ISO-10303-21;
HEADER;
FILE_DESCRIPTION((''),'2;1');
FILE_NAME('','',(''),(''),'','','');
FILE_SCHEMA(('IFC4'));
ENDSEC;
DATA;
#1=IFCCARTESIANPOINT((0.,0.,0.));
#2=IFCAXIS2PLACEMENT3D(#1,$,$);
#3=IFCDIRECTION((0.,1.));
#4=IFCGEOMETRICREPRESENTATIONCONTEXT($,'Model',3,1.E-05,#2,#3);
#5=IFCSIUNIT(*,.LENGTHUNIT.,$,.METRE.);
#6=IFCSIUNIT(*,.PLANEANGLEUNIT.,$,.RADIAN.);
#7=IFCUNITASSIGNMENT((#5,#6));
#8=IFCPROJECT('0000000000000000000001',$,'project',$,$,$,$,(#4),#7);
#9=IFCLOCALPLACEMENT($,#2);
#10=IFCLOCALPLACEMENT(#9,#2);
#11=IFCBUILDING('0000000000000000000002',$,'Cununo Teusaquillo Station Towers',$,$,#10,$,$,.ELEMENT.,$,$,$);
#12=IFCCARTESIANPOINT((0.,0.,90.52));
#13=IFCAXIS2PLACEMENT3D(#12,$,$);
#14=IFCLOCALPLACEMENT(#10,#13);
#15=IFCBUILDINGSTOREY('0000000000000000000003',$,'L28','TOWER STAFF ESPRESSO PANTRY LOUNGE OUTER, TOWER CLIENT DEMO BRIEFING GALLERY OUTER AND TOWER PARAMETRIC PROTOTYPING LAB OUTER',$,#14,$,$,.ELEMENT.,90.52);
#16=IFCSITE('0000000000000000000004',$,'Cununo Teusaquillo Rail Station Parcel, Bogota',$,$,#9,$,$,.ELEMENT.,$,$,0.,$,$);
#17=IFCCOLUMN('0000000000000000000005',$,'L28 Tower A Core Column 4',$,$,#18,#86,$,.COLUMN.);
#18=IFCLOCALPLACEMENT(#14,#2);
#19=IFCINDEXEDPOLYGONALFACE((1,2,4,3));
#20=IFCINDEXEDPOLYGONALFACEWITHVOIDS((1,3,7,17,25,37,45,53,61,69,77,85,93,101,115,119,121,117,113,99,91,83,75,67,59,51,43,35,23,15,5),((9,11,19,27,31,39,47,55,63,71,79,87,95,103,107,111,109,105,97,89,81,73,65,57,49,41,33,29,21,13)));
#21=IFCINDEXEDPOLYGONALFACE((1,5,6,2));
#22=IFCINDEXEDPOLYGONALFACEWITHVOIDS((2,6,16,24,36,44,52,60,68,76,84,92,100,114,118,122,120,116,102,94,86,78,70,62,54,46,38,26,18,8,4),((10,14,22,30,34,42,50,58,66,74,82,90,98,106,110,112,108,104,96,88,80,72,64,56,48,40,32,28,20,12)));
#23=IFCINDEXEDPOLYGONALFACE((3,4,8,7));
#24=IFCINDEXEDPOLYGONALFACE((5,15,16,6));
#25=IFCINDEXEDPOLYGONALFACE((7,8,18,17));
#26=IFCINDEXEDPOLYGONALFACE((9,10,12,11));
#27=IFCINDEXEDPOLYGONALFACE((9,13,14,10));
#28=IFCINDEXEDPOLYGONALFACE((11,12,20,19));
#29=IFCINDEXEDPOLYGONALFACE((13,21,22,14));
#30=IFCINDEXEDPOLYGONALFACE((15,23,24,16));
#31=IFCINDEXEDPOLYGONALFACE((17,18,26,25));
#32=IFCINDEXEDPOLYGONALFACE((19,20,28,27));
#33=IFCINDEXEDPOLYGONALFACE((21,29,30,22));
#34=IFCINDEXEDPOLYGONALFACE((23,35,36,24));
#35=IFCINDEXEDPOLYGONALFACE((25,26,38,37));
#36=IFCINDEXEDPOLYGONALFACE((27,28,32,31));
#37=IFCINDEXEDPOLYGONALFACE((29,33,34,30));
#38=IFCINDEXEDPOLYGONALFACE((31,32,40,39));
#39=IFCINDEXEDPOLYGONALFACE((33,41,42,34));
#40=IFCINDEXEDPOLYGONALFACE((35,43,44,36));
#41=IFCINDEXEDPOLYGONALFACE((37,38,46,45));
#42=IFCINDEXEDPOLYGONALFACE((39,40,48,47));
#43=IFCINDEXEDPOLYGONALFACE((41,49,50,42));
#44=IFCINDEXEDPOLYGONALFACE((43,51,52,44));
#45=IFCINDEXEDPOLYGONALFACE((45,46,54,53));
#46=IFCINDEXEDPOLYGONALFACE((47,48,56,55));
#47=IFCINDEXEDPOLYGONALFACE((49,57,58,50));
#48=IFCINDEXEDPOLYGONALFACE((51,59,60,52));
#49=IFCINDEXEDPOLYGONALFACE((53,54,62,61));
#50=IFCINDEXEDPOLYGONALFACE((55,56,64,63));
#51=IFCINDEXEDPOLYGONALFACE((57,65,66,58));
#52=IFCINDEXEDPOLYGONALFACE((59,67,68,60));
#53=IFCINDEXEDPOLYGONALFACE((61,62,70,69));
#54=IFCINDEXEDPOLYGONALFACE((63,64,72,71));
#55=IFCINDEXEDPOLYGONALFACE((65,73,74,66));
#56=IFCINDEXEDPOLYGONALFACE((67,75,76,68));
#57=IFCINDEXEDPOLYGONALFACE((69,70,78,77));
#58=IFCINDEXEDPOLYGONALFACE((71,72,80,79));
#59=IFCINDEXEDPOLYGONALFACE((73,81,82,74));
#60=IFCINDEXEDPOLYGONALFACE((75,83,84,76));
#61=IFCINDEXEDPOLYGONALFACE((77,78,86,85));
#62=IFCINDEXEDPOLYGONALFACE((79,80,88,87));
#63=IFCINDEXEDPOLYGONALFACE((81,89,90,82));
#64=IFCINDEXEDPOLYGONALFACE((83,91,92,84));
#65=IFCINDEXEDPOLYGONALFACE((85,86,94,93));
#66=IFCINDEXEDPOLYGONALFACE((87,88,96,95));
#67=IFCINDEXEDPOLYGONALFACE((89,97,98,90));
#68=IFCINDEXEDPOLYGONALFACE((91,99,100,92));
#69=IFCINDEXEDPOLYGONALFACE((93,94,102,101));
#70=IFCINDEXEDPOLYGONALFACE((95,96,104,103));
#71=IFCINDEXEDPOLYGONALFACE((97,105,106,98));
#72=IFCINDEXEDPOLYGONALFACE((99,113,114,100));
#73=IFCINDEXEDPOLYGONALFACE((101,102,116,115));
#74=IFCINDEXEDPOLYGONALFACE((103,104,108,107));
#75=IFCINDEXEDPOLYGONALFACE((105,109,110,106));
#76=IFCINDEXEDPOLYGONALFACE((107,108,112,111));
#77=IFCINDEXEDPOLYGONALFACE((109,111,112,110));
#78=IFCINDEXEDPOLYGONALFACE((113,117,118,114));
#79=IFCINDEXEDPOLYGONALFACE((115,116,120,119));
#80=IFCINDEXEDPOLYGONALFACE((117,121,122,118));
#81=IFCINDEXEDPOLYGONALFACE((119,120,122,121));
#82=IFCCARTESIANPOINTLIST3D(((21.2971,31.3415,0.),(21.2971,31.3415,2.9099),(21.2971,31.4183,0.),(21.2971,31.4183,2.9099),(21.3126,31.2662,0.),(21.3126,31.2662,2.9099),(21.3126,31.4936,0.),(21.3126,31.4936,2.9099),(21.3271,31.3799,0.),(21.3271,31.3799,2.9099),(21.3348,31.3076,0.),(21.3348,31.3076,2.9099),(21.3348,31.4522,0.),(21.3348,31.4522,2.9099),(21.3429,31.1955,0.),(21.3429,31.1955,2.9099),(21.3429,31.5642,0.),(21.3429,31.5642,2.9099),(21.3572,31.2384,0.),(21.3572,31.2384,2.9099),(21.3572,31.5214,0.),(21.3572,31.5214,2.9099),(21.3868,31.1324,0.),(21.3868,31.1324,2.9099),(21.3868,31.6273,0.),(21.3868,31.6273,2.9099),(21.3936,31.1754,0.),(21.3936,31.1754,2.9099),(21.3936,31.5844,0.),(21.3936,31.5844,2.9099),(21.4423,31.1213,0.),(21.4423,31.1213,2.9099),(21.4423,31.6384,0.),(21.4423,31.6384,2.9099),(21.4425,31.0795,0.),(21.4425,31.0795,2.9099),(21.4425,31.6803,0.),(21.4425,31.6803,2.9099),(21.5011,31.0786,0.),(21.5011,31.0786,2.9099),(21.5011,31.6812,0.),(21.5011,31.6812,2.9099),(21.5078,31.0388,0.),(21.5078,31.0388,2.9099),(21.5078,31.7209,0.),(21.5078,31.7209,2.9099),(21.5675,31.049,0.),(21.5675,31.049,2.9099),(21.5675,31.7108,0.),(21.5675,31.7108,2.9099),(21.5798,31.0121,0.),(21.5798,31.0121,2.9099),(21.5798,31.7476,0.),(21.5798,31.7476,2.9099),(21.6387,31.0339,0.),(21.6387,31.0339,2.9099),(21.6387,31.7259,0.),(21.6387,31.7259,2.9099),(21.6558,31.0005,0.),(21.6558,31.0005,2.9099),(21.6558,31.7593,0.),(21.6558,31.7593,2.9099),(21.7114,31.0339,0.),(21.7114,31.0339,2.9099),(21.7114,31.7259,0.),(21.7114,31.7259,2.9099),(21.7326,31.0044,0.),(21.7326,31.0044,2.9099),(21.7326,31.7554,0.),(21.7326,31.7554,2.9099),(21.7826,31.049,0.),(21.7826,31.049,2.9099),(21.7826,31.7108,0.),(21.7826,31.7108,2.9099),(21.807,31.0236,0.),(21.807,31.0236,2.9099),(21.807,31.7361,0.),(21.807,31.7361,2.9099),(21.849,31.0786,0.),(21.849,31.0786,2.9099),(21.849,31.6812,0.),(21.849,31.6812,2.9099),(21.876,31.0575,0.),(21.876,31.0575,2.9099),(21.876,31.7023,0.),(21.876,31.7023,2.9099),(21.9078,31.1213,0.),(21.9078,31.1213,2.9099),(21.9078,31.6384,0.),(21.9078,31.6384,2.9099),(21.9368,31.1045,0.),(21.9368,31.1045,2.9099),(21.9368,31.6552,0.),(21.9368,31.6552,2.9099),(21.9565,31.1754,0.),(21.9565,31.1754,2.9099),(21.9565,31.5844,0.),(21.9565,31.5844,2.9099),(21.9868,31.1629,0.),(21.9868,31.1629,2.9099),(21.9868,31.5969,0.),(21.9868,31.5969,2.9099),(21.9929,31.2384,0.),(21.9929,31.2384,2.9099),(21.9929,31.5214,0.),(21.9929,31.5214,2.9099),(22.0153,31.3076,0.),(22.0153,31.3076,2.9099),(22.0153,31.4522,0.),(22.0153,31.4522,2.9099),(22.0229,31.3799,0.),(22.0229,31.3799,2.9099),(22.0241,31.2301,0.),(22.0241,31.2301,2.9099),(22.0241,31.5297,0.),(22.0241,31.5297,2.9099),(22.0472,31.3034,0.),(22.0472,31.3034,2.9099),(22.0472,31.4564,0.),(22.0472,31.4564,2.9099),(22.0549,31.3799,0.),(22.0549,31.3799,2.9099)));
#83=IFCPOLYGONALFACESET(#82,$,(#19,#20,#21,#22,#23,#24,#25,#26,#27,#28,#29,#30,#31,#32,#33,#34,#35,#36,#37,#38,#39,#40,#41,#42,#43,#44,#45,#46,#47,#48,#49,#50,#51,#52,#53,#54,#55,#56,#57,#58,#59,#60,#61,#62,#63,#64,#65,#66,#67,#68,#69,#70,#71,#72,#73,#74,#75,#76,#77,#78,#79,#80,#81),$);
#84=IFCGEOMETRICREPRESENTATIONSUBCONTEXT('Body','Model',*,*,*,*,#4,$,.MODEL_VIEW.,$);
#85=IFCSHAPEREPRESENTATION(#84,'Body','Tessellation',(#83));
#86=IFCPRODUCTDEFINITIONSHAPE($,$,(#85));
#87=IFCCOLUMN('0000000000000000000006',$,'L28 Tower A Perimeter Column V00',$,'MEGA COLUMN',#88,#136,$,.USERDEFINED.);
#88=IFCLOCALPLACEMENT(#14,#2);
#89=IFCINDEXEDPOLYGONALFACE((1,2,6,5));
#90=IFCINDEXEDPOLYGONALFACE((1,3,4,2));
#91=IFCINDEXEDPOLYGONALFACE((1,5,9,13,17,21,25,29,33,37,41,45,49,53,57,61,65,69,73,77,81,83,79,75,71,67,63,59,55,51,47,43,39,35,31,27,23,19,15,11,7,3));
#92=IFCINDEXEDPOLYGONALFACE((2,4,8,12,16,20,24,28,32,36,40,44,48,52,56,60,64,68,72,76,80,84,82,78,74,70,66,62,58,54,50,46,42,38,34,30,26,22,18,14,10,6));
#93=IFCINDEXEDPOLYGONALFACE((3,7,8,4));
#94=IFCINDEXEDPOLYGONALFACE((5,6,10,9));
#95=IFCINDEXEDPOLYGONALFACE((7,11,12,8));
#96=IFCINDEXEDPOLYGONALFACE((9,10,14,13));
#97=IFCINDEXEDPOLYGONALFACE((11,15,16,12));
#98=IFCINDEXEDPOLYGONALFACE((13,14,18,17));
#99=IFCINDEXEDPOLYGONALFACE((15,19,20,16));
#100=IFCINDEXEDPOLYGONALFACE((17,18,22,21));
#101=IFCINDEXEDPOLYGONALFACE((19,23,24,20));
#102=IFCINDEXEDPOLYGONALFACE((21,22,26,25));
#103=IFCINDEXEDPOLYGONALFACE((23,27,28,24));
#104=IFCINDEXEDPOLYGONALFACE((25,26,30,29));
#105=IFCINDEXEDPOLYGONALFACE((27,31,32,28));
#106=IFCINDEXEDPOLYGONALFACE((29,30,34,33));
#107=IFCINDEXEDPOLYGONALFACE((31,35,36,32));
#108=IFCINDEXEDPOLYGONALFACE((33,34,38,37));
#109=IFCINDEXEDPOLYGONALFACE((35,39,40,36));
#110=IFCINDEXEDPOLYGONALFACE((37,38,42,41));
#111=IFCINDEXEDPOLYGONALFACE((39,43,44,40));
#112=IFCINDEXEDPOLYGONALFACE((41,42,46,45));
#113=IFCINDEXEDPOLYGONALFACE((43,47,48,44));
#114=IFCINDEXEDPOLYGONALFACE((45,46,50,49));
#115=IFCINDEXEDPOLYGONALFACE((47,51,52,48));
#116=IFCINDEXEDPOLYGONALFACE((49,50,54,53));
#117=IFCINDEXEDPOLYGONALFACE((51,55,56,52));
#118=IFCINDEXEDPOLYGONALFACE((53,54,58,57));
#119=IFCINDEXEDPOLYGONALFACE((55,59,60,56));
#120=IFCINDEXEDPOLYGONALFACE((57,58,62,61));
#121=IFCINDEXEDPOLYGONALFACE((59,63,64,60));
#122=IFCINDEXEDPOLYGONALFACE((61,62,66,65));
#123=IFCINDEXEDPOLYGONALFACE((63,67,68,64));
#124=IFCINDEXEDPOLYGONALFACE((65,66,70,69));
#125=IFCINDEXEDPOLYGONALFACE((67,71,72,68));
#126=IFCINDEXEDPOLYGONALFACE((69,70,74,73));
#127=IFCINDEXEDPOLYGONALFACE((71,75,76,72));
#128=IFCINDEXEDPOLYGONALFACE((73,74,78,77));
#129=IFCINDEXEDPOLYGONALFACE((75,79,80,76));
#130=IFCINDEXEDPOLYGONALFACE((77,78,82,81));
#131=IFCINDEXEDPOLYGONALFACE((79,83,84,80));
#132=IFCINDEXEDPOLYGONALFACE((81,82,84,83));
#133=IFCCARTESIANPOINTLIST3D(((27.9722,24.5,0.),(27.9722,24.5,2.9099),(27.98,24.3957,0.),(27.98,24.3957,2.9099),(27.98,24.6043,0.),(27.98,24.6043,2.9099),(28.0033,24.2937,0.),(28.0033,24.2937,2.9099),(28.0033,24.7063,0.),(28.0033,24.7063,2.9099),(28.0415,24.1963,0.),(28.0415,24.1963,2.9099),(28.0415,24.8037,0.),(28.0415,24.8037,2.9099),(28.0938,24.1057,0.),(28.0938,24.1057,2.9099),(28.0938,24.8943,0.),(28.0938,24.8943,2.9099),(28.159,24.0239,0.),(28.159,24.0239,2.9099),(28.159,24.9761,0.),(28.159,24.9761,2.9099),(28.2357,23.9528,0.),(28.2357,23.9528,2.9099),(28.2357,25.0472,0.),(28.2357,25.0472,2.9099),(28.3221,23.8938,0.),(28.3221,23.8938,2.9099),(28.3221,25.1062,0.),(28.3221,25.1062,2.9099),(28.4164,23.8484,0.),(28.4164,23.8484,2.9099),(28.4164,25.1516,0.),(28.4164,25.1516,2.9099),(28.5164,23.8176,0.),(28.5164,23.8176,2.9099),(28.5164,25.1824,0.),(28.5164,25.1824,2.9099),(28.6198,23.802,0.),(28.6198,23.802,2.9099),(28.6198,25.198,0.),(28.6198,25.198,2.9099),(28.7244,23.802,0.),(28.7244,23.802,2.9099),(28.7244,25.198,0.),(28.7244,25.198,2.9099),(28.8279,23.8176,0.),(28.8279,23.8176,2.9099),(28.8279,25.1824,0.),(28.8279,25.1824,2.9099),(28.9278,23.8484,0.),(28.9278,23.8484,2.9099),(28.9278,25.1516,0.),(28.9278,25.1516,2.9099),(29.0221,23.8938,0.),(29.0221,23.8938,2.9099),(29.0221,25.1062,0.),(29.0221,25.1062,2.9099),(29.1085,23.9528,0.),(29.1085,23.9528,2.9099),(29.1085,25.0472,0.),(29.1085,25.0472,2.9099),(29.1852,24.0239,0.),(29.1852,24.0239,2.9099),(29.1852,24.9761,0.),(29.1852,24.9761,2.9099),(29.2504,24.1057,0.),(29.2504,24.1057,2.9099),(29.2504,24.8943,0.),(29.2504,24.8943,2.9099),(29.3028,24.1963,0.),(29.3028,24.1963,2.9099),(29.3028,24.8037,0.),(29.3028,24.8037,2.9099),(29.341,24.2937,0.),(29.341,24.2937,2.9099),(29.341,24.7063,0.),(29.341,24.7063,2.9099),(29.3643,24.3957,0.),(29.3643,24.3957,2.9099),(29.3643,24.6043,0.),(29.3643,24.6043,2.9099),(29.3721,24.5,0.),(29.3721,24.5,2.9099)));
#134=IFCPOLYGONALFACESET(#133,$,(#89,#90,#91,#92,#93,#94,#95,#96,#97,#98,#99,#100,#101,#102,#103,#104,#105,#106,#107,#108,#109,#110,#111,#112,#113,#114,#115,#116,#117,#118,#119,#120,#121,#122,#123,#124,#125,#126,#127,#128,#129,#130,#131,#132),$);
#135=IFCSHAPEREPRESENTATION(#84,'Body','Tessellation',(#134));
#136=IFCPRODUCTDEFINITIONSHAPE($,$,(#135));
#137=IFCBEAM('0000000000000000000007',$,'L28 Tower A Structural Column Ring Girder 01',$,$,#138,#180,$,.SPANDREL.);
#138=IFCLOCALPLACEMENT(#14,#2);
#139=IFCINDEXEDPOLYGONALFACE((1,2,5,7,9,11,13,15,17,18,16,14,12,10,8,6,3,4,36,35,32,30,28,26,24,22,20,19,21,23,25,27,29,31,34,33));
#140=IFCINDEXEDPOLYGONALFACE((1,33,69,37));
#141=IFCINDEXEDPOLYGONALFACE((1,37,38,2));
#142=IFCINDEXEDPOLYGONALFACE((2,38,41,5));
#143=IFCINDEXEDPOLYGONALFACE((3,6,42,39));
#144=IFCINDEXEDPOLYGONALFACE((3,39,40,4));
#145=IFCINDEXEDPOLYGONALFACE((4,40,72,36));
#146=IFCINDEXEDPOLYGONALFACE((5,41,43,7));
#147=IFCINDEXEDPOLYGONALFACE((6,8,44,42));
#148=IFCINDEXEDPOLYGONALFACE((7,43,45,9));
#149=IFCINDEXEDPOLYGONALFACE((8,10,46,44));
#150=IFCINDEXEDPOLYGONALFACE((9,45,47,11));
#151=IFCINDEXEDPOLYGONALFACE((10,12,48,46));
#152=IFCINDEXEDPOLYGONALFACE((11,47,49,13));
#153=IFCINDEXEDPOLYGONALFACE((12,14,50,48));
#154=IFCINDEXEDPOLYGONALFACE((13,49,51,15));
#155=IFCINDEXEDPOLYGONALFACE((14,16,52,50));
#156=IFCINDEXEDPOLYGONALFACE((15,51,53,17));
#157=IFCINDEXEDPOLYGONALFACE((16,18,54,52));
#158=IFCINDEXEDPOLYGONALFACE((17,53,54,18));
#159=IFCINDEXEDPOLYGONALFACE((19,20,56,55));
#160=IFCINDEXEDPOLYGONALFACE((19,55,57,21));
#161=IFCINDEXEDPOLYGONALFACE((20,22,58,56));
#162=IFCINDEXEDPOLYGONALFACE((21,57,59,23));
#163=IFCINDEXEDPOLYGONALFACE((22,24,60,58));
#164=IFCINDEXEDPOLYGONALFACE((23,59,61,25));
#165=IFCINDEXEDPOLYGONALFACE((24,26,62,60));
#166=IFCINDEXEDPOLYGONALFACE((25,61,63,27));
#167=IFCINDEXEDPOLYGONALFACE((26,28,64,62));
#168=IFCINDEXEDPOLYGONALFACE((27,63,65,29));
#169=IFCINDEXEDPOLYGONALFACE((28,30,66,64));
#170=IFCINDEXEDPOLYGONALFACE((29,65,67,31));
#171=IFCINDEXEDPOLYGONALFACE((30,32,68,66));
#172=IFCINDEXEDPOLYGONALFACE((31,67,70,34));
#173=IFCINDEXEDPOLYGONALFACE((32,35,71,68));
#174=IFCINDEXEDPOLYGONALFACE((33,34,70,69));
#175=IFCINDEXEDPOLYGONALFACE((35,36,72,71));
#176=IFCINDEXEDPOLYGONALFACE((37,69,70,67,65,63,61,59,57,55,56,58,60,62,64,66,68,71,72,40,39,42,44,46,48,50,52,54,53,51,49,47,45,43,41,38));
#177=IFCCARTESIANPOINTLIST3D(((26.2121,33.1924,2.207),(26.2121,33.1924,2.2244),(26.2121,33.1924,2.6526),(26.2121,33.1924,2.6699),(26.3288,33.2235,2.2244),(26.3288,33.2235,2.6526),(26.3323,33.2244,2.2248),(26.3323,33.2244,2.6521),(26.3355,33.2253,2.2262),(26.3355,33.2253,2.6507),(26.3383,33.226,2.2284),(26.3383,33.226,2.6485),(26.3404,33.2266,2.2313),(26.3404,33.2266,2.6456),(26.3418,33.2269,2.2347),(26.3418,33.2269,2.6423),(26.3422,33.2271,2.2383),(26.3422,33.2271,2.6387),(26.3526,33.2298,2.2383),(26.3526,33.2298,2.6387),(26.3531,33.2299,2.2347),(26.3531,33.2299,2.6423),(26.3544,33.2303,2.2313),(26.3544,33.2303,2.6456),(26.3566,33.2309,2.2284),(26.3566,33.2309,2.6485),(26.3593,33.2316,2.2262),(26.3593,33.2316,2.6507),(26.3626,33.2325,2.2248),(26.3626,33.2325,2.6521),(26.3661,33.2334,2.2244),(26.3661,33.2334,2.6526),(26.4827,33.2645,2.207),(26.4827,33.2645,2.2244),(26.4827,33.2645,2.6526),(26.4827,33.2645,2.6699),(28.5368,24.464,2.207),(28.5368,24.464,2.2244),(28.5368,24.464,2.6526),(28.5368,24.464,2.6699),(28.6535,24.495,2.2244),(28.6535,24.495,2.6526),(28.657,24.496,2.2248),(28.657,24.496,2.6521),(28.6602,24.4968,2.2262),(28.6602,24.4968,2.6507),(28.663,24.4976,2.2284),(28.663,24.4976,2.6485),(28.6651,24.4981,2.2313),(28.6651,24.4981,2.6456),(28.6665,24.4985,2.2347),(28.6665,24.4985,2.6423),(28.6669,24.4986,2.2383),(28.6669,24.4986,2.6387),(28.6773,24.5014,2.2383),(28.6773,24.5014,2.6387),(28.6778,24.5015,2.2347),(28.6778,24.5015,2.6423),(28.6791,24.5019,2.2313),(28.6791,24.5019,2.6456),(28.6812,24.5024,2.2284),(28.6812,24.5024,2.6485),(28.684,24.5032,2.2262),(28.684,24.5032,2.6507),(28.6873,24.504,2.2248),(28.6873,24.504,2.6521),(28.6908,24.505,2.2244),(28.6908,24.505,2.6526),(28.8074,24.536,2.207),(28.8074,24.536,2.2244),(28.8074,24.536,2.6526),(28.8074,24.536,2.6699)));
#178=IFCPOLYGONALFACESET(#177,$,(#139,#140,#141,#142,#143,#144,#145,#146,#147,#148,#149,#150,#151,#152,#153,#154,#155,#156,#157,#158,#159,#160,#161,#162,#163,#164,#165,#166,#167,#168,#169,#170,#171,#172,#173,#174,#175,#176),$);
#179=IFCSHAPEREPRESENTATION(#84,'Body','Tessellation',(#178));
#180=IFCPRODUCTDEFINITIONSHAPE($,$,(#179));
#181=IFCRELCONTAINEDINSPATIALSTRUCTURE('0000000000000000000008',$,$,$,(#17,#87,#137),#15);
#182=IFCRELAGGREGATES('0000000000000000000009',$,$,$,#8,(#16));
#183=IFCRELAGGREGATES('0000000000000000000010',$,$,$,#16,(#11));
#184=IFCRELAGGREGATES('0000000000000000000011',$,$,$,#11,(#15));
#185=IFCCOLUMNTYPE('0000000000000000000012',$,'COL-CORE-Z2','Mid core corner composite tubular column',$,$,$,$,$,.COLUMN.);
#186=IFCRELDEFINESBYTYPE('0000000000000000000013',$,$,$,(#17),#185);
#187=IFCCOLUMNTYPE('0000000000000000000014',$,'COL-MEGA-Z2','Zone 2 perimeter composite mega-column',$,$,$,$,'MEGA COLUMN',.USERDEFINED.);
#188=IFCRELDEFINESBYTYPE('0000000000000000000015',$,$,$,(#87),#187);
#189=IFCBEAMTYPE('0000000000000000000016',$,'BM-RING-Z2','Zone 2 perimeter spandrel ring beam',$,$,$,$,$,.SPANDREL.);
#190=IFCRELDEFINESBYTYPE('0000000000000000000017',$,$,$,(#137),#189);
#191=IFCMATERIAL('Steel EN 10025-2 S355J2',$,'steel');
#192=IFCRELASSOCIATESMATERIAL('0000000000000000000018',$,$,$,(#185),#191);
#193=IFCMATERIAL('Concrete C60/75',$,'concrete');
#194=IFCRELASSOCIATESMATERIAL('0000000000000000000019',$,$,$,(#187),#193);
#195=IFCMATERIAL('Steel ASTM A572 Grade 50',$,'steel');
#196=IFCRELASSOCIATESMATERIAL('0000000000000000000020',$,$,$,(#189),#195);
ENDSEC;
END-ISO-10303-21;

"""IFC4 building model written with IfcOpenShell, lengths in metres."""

from ifc_helpers import new_model, si_unit, direction, frame, origin, origin_2d, place, context, subcontext, project, spatial, circle, hollow_circle, i_section, extrude, material, material_profile, profile_set, type_object, element, save


model = new_model("IFC4")

# Units and contexts
model_context = context("Model", 3, precision=1e-05, world=origin(), true_north=direction((0.0, 1.0)))
body_context = subcontext(model_context, "Body", "Model", "MODEL_VIEW")
ifc_project = project(units=[si_unit("LENGTHUNIT", "METRE"), si_unit("PLANEANGLEUNIT", "RADIAN")], contexts=[model_context])

# Site, building, storey
site_placement = place(None, origin())
site = spatial("IfcSite", under=ifc_project, at=site_placement, Name="Cununo Teusaquillo Rail Station Parcel, Bogota", CompositionType="ELEMENT", RefElevation=0.0)
building_placement = place(site_placement, origin())
building = spatial("IfcBuilding", under=site, at=building_placement, Name="Cununo Teusaquillo Station Towers", CompositionType="ELEMENT")
storey_placement = place(building_placement, frame((0.0, 0.0, 90.52)))
storey = spatial("IfcBuildingStorey", under=building, at=storey_placement, Name="L28", Description="TOWER STAFF ESPRESSO PANTRY LOUNGE OUTER, TOWER CLIENT DEMO BRIEFING GALLERY OUTER AND TOWER PARAMETRIC PROTOTYPING LAB OUTER", CompositionType="ELEMENT", Elevation=90.52)

# Columns
ifc_material_1 = material(Name="Steel EN 10025-2 S355J2", Category="steel")
ifc_material_profile_1 = material_profile(ifc_material_1, hollow_circle(Radius=0.3799, WallThickness=0.032, at=origin_2d()), Name="CHS 760x32")
ifc_profile_set_1 = profile_set([ifc_material_profile_1], Name="Steel EN 10025-2 S355J2")
column_type_1 = type_object("IfcColumnType", Name="COL-CORE-Z2", Description="Mid core corner composite tubular column", PredefinedType="COLUMN", material=ifc_profile_set_1)
column_1_placement = place(storey_placement, frame((21.675, 31.3799, 0.0), z_axis=(0.0, 0.0, 1.0), x_axis=(1.0, 0.0, 0.0)))
element("IfcColumn", 1, at=column_1_placement, inside=storey, type_object=column_type_1, Name="L28 Tower A Core Column 4", PredefinedType="COLUMN", context=body_context, shape_type="SweptSolid", body=[
    extrude(hollow_circle(Radius=0.3799, WallThickness=0.032, at=origin_2d()), origin(), (0.0, 0.0, 1.0), 2.9099),
])
ifc_material_2 = material(Name="Concrete C60/75", Category="concrete")
ifc_material_profile_2 = material_profile(ifc_material_2, circle(Radius=0.7, at=origin_2d()), Name="RC-CIRC-1400")
ifc_profile_set_2 = profile_set([ifc_material_profile_2], Name="Concrete C60/75")
column_type_2 = type_object("IfcColumnType", Name="COL-MEGA-Z2", Description="Zone 2 perimeter composite mega-column", ElementType="MEGA COLUMN", PredefinedType="USERDEFINED", material=ifc_profile_set_2)
column_2_placement = place(storey_placement, frame((28.6721, 24.5, 0.0), z_axis=(0.0, 0.0, 1.0), x_axis=(1.0, 0.0, 0.0)))
element("IfcColumn", 2, at=column_2_placement, inside=storey, type_object=column_type_2, Name="L28 Tower A Perimeter Column V00", ObjectType="MEGA COLUMN", PredefinedType="USERDEFINED", context=body_context, shape_type="SweptSolid", body=[
    extrude(circle(Radius=0.7, at=origin_2d()), origin(), (0.0, 0.0, 1.0), 2.9099),
])

# Beam
ifc_material_3 = material(Name="Steel ASTM A572 Grade 50", Category="steel")
ifc_material_profile_3 = material_profile(ifc_material_3, i_section(OverallWidth=0.28, OverallDepth=0.4629, WebThickness=0.0107, FlangeThickness=0.0173, FilletRadius=0.0139, at=origin_2d()), Name="W18X76")
ifc_profile_set_3 = profile_set([ifc_material_profile_3], Name="Steel ASTM A572 Grade 50")
beam_type = type_object("IfcBeamType", Name="BM-RING-Z2", Description="Zone 2 perimeter spandrel ring beam", PredefinedType="SPANDREL", material=ifc_profile_set_3)
beam_1_placement = place(storey_placement, frame((28.6721, 24.5, 2.4385), z_axis=(-0.257363, 0.966315, 0.0), x_axis=(-0.966315, -0.257363, 0.0)))
element("IfcBeam", 3, at=beam_1_placement, inside=storey, type_object=beam_type, Name="L28 Tower A Structural Column Ring Girder 01", PredefinedType="SPANDREL", context=body_context, shape_type="SweptSolid", body=[
    extrude(i_section(OverallWidth=0.28, OverallDepth=0.4629, WebThickness=0.0107, FlangeThickness=0.0173, FilletRadius=0.0139, at=origin_2d()), origin(), (0.0, 0.0, 1.0), 9.0327),
])

save(model, "model.ifc")
